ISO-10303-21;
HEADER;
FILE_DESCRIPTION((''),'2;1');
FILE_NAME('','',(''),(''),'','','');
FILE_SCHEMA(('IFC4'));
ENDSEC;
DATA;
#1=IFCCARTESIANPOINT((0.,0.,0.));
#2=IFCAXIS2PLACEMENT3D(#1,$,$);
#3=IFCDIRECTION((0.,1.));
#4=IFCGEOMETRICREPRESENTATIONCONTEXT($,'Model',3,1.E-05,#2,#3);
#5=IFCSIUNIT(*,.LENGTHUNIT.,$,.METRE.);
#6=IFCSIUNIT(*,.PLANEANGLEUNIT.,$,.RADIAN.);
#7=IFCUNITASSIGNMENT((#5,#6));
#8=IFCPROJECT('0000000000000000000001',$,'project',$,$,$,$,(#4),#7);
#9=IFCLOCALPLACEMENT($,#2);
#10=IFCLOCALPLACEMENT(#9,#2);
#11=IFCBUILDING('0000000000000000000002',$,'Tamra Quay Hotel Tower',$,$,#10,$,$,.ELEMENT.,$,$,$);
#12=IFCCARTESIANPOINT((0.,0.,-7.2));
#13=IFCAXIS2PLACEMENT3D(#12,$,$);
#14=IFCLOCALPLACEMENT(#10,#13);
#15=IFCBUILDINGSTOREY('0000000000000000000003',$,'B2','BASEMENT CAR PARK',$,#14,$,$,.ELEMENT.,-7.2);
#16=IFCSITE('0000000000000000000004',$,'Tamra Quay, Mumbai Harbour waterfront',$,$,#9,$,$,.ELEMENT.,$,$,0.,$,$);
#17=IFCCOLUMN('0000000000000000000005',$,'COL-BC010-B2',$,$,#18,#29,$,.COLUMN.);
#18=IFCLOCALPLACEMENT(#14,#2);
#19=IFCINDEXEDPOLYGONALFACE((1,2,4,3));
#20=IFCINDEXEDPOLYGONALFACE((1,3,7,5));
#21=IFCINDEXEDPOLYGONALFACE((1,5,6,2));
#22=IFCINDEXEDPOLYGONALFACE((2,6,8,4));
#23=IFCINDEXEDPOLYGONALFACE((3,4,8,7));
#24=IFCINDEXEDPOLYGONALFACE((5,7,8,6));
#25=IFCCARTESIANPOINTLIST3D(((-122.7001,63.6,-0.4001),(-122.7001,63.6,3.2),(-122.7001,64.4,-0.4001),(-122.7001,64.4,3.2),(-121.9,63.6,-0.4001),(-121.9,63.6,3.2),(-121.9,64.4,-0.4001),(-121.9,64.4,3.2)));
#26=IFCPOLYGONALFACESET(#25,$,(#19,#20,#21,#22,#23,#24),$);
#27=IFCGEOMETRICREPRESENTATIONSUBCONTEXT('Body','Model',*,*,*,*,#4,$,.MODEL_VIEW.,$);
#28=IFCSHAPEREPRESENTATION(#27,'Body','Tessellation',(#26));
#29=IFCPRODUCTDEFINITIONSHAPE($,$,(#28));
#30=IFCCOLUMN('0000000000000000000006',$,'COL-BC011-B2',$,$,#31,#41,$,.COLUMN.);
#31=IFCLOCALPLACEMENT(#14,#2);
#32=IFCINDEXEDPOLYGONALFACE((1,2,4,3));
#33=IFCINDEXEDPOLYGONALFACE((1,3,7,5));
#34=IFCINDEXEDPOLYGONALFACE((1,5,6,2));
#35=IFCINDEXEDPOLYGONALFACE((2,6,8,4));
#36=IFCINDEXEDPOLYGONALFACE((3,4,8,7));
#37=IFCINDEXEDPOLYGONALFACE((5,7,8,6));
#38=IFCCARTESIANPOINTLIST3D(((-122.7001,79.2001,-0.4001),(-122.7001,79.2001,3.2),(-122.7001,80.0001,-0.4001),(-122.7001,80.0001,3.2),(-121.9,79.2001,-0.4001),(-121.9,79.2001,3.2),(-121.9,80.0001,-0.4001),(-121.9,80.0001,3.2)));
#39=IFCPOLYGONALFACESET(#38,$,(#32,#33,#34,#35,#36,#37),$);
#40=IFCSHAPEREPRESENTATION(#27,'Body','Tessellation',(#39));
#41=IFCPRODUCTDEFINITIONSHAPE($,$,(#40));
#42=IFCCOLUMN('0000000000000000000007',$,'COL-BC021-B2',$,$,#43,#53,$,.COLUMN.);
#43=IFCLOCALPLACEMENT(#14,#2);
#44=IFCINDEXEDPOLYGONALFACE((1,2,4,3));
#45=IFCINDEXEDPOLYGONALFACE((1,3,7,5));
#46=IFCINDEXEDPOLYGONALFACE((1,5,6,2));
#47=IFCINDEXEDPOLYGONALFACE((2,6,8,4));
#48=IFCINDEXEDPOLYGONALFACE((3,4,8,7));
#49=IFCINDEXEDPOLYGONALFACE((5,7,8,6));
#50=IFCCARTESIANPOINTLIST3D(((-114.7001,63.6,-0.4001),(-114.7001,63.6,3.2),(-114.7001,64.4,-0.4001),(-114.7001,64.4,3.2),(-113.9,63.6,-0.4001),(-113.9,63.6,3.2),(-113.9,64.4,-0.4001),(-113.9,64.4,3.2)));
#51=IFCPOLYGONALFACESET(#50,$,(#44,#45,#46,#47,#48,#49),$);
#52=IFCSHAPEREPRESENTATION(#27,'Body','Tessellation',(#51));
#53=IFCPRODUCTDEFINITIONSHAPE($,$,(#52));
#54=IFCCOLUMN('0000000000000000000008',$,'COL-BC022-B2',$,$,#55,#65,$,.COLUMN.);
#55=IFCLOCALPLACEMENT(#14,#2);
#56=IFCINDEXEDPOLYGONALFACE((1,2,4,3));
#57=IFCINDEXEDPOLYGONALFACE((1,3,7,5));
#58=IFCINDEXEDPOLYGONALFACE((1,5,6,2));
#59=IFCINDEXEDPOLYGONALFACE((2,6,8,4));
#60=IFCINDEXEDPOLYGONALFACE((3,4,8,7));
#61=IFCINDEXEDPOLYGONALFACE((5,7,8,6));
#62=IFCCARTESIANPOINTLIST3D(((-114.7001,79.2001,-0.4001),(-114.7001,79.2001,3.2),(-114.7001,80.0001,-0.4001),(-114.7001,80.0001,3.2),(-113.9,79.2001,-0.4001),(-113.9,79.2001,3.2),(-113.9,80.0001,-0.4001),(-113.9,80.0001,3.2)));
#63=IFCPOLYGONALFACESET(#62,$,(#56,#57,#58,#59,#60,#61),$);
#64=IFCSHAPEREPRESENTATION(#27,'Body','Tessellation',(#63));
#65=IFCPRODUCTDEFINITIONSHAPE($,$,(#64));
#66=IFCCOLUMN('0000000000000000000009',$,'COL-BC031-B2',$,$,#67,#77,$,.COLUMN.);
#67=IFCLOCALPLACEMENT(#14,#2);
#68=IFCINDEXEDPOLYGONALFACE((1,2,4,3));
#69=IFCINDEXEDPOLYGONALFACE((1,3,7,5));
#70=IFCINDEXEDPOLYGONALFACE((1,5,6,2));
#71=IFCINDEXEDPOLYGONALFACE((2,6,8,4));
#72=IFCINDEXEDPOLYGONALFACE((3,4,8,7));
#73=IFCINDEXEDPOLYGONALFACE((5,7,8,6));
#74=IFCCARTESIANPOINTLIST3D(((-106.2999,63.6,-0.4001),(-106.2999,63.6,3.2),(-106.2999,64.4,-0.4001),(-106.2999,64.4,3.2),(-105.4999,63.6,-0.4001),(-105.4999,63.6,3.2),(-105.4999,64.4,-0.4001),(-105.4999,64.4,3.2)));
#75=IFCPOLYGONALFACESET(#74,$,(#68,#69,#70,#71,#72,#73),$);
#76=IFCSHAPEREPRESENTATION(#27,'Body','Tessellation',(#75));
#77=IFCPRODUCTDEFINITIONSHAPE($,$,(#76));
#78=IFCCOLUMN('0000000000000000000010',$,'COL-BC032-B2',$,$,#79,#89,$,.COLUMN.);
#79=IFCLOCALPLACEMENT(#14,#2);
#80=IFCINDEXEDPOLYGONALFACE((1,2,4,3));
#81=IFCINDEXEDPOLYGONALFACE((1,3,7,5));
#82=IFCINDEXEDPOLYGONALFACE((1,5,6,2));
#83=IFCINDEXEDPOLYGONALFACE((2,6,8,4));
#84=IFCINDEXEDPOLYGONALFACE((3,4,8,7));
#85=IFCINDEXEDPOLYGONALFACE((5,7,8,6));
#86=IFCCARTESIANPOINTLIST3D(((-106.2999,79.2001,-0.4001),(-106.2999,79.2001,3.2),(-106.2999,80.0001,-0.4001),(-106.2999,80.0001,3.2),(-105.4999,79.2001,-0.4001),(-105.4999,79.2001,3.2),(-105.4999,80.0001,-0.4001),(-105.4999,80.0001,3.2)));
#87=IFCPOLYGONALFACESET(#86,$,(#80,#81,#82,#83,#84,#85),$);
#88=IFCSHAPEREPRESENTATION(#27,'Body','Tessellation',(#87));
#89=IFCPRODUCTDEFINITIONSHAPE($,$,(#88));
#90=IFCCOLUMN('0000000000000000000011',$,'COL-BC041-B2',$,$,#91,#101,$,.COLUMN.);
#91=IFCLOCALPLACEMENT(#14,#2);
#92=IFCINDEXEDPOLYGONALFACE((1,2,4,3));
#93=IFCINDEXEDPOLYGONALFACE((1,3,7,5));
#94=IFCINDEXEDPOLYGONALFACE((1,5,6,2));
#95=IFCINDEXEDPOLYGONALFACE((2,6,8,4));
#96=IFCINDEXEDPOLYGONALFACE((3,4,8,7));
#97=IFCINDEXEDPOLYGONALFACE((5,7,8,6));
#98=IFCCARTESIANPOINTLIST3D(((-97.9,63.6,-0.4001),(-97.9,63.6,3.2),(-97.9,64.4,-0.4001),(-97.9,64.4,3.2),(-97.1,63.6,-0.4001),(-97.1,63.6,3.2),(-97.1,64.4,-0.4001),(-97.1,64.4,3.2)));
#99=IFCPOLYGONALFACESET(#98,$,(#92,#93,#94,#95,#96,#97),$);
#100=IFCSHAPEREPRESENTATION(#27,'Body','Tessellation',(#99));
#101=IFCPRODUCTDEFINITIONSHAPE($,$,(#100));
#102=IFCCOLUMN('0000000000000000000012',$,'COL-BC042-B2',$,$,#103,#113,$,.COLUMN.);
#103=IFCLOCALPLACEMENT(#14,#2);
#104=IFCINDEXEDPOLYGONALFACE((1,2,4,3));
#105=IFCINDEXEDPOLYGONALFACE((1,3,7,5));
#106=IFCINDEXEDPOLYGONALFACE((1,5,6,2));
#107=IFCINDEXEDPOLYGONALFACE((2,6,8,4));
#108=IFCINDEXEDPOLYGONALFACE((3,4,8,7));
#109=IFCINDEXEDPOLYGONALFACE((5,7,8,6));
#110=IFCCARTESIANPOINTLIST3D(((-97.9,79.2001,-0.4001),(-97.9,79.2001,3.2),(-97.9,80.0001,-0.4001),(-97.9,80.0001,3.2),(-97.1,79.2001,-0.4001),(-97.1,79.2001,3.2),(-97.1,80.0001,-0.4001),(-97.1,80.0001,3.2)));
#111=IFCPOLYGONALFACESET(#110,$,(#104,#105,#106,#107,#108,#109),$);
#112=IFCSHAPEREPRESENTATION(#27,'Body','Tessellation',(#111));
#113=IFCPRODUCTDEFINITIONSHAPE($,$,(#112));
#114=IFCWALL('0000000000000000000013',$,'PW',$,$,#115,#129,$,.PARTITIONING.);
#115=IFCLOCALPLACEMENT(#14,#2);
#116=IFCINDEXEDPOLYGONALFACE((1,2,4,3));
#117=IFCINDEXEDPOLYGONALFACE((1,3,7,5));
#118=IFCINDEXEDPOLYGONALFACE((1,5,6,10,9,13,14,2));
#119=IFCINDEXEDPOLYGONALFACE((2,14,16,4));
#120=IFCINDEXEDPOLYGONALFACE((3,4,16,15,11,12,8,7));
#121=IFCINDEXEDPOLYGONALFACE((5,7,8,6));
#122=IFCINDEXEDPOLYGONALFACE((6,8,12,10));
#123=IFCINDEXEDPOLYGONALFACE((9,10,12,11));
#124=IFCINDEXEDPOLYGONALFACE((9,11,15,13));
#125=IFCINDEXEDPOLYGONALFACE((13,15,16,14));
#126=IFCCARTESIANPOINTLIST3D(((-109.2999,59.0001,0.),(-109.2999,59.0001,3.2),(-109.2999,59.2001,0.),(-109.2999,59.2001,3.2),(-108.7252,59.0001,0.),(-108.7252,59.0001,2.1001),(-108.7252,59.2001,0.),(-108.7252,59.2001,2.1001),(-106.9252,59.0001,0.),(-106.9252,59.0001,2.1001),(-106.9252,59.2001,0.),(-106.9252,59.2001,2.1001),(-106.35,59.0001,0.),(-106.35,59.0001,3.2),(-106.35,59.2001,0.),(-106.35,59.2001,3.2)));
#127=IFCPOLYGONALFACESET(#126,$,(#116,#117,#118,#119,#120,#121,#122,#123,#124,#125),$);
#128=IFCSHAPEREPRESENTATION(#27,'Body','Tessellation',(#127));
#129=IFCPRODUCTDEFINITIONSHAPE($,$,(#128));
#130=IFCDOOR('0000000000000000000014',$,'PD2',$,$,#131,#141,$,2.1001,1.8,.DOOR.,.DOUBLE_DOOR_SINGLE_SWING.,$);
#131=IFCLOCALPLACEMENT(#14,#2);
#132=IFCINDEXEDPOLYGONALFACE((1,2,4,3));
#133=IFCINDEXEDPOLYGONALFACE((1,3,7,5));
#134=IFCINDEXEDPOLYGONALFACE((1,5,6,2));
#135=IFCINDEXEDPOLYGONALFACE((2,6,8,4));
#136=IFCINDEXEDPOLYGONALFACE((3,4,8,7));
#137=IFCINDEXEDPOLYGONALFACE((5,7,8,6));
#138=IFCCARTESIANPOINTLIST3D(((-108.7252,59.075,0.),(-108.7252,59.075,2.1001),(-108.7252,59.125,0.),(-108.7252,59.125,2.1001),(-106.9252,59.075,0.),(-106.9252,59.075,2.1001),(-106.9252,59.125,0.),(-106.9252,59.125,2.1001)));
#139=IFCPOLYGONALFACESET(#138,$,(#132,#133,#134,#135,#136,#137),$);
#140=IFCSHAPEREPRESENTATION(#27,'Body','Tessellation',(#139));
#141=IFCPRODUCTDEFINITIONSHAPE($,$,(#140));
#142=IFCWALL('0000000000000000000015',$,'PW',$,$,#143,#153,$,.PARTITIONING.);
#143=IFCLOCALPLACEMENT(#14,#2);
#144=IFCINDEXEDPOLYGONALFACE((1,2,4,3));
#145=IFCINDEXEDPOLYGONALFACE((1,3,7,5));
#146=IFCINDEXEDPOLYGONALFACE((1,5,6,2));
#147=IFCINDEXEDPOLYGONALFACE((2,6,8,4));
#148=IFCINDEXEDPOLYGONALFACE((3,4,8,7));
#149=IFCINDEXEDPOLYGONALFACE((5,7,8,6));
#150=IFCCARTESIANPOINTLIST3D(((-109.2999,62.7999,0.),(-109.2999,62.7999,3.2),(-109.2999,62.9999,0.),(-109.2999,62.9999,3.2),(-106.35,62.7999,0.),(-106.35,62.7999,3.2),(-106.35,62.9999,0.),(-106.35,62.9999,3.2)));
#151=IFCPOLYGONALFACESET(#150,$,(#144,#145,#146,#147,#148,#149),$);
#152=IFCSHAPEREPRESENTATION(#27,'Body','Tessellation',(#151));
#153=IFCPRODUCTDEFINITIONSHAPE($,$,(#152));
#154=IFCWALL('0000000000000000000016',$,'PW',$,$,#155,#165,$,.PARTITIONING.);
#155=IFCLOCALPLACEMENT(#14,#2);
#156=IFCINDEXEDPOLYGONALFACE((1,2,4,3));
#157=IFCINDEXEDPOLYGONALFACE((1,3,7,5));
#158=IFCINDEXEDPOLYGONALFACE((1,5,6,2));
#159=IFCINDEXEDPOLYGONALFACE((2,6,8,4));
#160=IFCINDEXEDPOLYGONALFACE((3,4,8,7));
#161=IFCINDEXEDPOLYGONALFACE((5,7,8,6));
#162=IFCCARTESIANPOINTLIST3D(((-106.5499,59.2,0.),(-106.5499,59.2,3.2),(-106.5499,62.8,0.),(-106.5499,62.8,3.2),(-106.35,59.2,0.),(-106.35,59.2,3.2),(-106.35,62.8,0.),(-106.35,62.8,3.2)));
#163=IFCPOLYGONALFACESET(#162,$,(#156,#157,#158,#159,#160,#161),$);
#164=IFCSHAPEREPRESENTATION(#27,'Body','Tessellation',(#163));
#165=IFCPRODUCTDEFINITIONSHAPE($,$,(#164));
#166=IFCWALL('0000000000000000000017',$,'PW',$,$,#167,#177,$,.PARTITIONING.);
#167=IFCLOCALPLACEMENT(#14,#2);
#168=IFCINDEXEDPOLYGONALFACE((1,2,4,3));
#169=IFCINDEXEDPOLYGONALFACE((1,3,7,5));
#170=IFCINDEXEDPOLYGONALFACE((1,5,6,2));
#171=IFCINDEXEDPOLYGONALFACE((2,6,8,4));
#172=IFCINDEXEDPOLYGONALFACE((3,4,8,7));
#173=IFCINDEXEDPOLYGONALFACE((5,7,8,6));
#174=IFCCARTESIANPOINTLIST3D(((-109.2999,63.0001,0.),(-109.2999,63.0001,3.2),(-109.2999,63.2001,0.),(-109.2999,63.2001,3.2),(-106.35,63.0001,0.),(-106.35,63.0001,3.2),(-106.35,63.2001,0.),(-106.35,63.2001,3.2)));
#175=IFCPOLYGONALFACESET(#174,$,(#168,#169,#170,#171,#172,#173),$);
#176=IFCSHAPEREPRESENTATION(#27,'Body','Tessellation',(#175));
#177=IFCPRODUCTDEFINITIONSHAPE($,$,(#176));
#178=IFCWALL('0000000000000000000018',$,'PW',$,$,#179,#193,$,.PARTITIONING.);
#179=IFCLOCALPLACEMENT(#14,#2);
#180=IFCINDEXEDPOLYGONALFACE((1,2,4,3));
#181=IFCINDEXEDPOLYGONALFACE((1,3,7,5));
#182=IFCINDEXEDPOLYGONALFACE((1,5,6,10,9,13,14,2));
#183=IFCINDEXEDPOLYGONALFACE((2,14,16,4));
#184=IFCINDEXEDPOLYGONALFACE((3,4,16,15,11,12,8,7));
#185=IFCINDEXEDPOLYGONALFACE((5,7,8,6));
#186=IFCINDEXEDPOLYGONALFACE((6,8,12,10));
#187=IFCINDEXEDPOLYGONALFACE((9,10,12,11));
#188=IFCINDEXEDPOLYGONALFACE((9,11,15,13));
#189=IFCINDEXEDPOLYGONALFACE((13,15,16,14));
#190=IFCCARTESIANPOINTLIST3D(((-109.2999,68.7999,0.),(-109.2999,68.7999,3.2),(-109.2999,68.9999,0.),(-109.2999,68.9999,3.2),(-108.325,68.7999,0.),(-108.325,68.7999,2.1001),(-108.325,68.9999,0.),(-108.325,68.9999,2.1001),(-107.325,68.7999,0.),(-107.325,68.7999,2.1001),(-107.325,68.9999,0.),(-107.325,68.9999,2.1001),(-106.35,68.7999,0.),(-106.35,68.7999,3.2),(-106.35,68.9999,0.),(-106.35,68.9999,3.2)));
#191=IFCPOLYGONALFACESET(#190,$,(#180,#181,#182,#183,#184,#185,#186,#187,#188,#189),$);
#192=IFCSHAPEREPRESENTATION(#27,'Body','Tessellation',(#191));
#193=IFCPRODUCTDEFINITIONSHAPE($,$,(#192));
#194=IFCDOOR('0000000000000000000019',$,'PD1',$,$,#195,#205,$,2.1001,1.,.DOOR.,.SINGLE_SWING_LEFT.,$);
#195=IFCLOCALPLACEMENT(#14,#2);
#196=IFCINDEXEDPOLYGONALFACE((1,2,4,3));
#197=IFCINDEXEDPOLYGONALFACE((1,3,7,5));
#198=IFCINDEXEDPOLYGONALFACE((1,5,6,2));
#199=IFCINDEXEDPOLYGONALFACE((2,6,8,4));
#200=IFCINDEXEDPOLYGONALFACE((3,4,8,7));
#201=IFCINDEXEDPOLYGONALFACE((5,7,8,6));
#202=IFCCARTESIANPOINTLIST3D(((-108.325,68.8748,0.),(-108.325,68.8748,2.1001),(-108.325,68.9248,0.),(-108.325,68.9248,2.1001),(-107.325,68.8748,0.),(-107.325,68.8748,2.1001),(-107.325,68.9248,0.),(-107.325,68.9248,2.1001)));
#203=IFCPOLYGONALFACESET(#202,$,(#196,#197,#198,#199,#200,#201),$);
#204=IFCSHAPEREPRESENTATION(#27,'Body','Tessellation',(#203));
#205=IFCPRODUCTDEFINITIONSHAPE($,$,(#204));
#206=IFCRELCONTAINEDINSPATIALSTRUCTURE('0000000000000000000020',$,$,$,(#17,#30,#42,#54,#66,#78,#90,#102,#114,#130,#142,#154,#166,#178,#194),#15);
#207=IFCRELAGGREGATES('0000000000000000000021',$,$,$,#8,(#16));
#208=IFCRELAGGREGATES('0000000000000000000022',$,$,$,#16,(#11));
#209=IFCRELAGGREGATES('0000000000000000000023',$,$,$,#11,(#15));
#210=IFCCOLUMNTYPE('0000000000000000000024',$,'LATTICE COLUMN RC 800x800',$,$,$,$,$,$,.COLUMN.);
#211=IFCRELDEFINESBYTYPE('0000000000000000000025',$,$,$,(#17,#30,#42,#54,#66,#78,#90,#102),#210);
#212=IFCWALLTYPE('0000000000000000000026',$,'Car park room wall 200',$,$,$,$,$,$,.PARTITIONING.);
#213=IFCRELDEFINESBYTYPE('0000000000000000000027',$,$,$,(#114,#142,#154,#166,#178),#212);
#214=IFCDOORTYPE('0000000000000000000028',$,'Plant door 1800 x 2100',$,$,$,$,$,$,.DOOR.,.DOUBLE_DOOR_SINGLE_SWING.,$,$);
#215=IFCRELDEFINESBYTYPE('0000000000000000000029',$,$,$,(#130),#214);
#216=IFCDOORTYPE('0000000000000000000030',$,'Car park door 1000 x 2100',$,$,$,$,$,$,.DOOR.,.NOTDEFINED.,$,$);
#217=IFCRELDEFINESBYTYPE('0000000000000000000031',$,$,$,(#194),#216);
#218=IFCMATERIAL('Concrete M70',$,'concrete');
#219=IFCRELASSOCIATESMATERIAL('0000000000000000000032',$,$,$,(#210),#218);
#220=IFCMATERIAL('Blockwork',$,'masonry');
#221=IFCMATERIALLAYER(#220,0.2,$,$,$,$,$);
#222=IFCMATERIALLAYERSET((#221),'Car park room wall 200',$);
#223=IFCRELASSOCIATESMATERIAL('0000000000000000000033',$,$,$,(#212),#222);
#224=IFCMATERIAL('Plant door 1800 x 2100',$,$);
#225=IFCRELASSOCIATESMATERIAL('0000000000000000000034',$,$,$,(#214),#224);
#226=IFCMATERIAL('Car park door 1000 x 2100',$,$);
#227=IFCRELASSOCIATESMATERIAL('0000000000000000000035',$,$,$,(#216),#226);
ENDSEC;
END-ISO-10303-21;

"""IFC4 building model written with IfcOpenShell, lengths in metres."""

from ifc_helpers import new_model, si_unit, direction, frame, frame_2d, origin, origin_2d, place, context, subcontext, project, spatial, rectangle, extrude, material, layer, layer_set, material_profile, profile_set, type_object, element, fill, save


model = new_model("IFC4")

# Units and contexts
model_context = context("Model", 3, precision=1e-05, world=origin(), true_north=direction((0.0, 1.0)))
body_context = subcontext(model_context, "Body", "Model", "MODEL_VIEW")
ifc_project = project(units=[si_unit("LENGTHUNIT", "METRE"), si_unit("PLANEANGLEUNIT", "RADIAN")], contexts=[model_context])

# Site, building, storey
site_placement = place(None, origin())
site = spatial("IfcSite", under=ifc_project, at=site_placement, Name="Tamra Quay, Mumbai Harbour waterfront", CompositionType="ELEMENT", RefElevation=0.0)
building_placement = place(site_placement, origin())
building = spatial("IfcBuilding", under=site, at=building_placement, Name="Tamra Quay Hotel Tower", CompositionType="ELEMENT")
storey_placement = place(building_placement, frame((0.0, 0.0, -7.2)))
storey = spatial("IfcBuildingStorey", under=building, at=storey_placement, Name="B2", Description="BASEMENT CAR PARK", CompositionType="ELEMENT", Elevation=-7.2)

# Columns
ifc_material_1 = material(Name="Concrete M70", Category="concrete")
ifc_material_profile = material_profile(ifc_material_1, rectangle(XDim=0.8, YDim=0.8, at=origin_2d()), Name="LATTICE COLUMN RC 800x800")
ifc_profile_set = profile_set([ifc_material_profile], Name="Concrete M70")
column_type = type_object("IfcColumnType", Name="LATTICE COLUMN RC 800x800", PredefinedType="COLUMN", material=ifc_profile_set)
for number, where, z_axis, x_axis, name in (
    (1, (-122.3, 64.0, -0.4001), (0.0, 0.0, 1.0), (1.0, 0.0, 0.0), "COL-BC010-B2"),
    (2, (-122.3, 79.6001, -0.4001), (0.0, 0.0, 1.0), (1.0, 0.0, 0.0), "COL-BC011-B2"),
    (3, (-114.3, 64.0, -0.4001), (0.0, 0.0, 1.0), (1.0, 0.0, 0.0), "COL-BC021-B2"),
    (4, (-114.3, 79.6001, -0.4001), (0.0, 0.0, 1.0), (1.0, 0.0, 0.0), "COL-BC022-B2"),
    (5, (-105.8999, 64.0, -0.4001), (0.0, 0.0, 1.0), (1.0, 0.0, 0.0), "COL-BC031-B2"),
    (6, (-105.8999, 79.6001, -0.4001), (0.0, 0.0, 1.0), (1.0, 0.0, 0.0), "COL-BC032-B2"),
    (7, (-97.5, 64.0, -0.4001), (0.0, 0.0, 1.0), (1.0, 0.0, 0.0), "COL-BC041-B2"),
    (8, (-97.5, 79.6001, -0.4001), (0.0, 0.0, 1.0), (1.0, 0.0, 0.0), "COL-BC042-B2"),
):
    element("IfcColumn", number, at=place(storey_placement, frame(where, z_axis=z_axis, x_axis=x_axis)), inside=storey, type_object=column_type, Name=name, PredefinedType="COLUMN", context=body_context, shape_type="SweptSolid", body=[
        extrude(rectangle(XDim=0.8, YDim=0.8, at=origin_2d()), origin(), (0.0, 0.0, 1.0), 3.6001),
    ])

# Wall, opening, door
ifc_material_2 = material(Name="Blockwork", Category="masonry")
ifc_layer_1 = layer(ifc_material_2, 0.2)
ifc_layer_set_1 = layer_set([ifc_layer_1], Name="Car park room wall 200")
wall_type_1 = type_object("IfcWallType", Name="Car park room wall 200", PredefinedType="PARTITIONING", material=ifc_layer_set_1)
wall_1_placement = place(storey_placement, frame((-109.3, 59.1001, 0.0), z_axis=(0.0, 0.0, 1.0), x_axis=(1.0, 0.0, 0.0)))
wall_1 = element("IfcWall", 9, at=wall_1_placement, inside=storey, type_object=wall_type_1, Name="PW", PredefinedType="PARTITIONING", context=body_context, shape_type="SweptSolid", body=[
    extrude(rectangle(XDim=2.95, YDim=0.2, at=frame_2d((1.4751, 0.0))), origin(), (0.0, 0.0, 1.0), 3.2),
])
opening_1_placement = place(wall_1_placement, frame((0.575, 0.0, 0.0)))
opening_1 = element("IfcOpeningElement", 10, at=opening_1_placement, cuts=wall_1, PredefinedType="OPENING", context=body_context, shape_type="SweptSolid", body=[
    extrude(rectangle(XDim=1.8, YDim=2.1001, at=frame_2d((0.8999, 1.05))), frame((0.0, 0.1099, 0.0), z_axis=(0.0, -1.0, 0.0), x_axis=(1.0, 0.0, 0.0)), (0.0, 0.0, 1.0), 0.22),
])
ifc_material_3 = material(Name="Plant door 1800 x 2100")
door_type_1 = type_object("IfcDoorType", Name="Plant door 1800 x 2100", OperationType="DOUBLE_DOOR_SINGLE_SWING", PredefinedType="DOOR", material=ifc_material_3)
door_1_placement = place(opening_1_placement, origin())
door_1 = element("IfcDoor", 11, at=door_1_placement, inside=storey, type_object=door_type_1, Name="PD2", OperationType="DOUBLE_DOOR_SINGLE_SWING", OverallHeight=2.1001, OverallWidth=1.8, PredefinedType="DOOR", context=body_context, shape_type="SweptSolid", body=[
    extrude(rectangle(XDim=1.8, YDim=2.1001, at=frame_2d((0.8999, 1.05))), frame((0.0, 0.0249, 0.0), z_axis=(0.0, -1.0, 0.0), x_axis=(1.0, 0.0, 0.0)), (0.0, 0.0, 1.0), 0.05),
])
fill(opening_1, door_1)

# Walls
wall_2_placement = place(storey_placement, frame((-109.3, 62.8999, 0.0), z_axis=(0.0, 0.0, 1.0), x_axis=(1.0, 0.0, 0.0)))
element("IfcWall", 12, at=wall_2_placement, inside=storey, type_object=wall_type_1, Name="PW", PredefinedType="PARTITIONING", context=body_context, shape_type="SweptSolid", body=[
    extrude(rectangle(XDim=2.95, YDim=0.2, at=frame_2d((1.4751, 0.0))), origin(), (0.0, 0.0, 1.0), 3.2),
])
wall_3_placement = place(storey_placement, frame((-106.45, 59.2, 0.0), z_axis=(0.0, 0.0, 1.0), x_axis=(0.0, 1.0, 0.0)))
element("IfcWall", 13, at=wall_3_placement, inside=storey, type_object=wall_type_1, Name="PW", PredefinedType="PARTITIONING", context=body_context, shape_type="SweptSolid", body=[
    extrude(rectangle(XDim=3.6001, YDim=0.2, at=frame_2d((1.8, 0.0))), origin(), (0.0, 0.0, 1.0), 3.2),
])
wall_4_placement = place(storey_placement, frame((-109.3, 63.1001, 0.0), z_axis=(0.0, 0.0, 1.0), x_axis=(1.0, 0.0, 0.0)))
element("IfcWall", 14, at=wall_4_placement, inside=storey, type_object=wall_type_1, Name="PW", PredefinedType="PARTITIONING", context=body_context, shape_type="SweptSolid", body=[
    extrude(rectangle(XDim=2.95, YDim=0.2, at=frame_2d((1.4751, 0.0))), origin(), (0.0, 0.0, 1.0), 3.2),
])

# Wall, opening, door
wall_5_placement = place(storey_placement, frame((-109.3, 68.8999, 0.0), z_axis=(0.0, 0.0, 1.0), x_axis=(1.0, 0.0, 0.0)))
wall_5 = element("IfcWall", 15, at=wall_5_placement, inside=storey, type_object=wall_type_1, Name="PW", PredefinedType="PARTITIONING", context=body_context, shape_type="SweptSolid", body=[
    extrude(rectangle(XDim=2.95, YDim=0.2, at=frame_2d((1.4751, 0.0))), origin(), (0.0, 0.0, 1.0), 3.2),
])
opening_2_placement = place(wall_5_placement, frame((0.9751, 0.0, 0.0)))
opening_2 = element("IfcOpeningElement", 16, at=opening_2_placement, cuts=wall_5, PredefinedType="OPENING", context=body_context, shape_type="SweptSolid", body=[
    extrude(rectangle(XDim=1.0, YDim=2.1001, at=frame_2d((0.5, 1.05))), frame((0.0, 0.1099, 0.0), z_axis=(0.0, -1.0, 0.0), x_axis=(1.0, 0.0, 0.0)), (0.0, 0.0, 1.0), 0.22),
])
ifc_material_4 = material(Name="Car park door 1000 x 2100")
door_type_2 = type_object("IfcDoorType", Name="Car park door 1000 x 2100", OperationType="NOTDEFINED", PredefinedType="DOOR", material=ifc_material_4)
door_2_placement = place(opening_2_placement, origin())
door_2 = element("IfcDoor", 17, at=door_2_placement, inside=storey, type_object=door_type_2, Name="PD1", OperationType="SINGLE_SWING_LEFT", OverallHeight=2.1001, OverallWidth=1.0, PredefinedType="DOOR", context=body_context, shape_type="SweptSolid", body=[
    extrude(rectangle(XDim=1.0, YDim=2.1001, at=frame_2d((0.5, 1.05))), frame((0.0, 0.0249, 0.0), z_axis=(0.0, -1.0, 0.0), x_axis=(1.0, 0.0, 0.0)), (0.0, 0.0, 1.0), 0.05),
])
fill(opening_2, door_2)

save(model, "model.ifc")
